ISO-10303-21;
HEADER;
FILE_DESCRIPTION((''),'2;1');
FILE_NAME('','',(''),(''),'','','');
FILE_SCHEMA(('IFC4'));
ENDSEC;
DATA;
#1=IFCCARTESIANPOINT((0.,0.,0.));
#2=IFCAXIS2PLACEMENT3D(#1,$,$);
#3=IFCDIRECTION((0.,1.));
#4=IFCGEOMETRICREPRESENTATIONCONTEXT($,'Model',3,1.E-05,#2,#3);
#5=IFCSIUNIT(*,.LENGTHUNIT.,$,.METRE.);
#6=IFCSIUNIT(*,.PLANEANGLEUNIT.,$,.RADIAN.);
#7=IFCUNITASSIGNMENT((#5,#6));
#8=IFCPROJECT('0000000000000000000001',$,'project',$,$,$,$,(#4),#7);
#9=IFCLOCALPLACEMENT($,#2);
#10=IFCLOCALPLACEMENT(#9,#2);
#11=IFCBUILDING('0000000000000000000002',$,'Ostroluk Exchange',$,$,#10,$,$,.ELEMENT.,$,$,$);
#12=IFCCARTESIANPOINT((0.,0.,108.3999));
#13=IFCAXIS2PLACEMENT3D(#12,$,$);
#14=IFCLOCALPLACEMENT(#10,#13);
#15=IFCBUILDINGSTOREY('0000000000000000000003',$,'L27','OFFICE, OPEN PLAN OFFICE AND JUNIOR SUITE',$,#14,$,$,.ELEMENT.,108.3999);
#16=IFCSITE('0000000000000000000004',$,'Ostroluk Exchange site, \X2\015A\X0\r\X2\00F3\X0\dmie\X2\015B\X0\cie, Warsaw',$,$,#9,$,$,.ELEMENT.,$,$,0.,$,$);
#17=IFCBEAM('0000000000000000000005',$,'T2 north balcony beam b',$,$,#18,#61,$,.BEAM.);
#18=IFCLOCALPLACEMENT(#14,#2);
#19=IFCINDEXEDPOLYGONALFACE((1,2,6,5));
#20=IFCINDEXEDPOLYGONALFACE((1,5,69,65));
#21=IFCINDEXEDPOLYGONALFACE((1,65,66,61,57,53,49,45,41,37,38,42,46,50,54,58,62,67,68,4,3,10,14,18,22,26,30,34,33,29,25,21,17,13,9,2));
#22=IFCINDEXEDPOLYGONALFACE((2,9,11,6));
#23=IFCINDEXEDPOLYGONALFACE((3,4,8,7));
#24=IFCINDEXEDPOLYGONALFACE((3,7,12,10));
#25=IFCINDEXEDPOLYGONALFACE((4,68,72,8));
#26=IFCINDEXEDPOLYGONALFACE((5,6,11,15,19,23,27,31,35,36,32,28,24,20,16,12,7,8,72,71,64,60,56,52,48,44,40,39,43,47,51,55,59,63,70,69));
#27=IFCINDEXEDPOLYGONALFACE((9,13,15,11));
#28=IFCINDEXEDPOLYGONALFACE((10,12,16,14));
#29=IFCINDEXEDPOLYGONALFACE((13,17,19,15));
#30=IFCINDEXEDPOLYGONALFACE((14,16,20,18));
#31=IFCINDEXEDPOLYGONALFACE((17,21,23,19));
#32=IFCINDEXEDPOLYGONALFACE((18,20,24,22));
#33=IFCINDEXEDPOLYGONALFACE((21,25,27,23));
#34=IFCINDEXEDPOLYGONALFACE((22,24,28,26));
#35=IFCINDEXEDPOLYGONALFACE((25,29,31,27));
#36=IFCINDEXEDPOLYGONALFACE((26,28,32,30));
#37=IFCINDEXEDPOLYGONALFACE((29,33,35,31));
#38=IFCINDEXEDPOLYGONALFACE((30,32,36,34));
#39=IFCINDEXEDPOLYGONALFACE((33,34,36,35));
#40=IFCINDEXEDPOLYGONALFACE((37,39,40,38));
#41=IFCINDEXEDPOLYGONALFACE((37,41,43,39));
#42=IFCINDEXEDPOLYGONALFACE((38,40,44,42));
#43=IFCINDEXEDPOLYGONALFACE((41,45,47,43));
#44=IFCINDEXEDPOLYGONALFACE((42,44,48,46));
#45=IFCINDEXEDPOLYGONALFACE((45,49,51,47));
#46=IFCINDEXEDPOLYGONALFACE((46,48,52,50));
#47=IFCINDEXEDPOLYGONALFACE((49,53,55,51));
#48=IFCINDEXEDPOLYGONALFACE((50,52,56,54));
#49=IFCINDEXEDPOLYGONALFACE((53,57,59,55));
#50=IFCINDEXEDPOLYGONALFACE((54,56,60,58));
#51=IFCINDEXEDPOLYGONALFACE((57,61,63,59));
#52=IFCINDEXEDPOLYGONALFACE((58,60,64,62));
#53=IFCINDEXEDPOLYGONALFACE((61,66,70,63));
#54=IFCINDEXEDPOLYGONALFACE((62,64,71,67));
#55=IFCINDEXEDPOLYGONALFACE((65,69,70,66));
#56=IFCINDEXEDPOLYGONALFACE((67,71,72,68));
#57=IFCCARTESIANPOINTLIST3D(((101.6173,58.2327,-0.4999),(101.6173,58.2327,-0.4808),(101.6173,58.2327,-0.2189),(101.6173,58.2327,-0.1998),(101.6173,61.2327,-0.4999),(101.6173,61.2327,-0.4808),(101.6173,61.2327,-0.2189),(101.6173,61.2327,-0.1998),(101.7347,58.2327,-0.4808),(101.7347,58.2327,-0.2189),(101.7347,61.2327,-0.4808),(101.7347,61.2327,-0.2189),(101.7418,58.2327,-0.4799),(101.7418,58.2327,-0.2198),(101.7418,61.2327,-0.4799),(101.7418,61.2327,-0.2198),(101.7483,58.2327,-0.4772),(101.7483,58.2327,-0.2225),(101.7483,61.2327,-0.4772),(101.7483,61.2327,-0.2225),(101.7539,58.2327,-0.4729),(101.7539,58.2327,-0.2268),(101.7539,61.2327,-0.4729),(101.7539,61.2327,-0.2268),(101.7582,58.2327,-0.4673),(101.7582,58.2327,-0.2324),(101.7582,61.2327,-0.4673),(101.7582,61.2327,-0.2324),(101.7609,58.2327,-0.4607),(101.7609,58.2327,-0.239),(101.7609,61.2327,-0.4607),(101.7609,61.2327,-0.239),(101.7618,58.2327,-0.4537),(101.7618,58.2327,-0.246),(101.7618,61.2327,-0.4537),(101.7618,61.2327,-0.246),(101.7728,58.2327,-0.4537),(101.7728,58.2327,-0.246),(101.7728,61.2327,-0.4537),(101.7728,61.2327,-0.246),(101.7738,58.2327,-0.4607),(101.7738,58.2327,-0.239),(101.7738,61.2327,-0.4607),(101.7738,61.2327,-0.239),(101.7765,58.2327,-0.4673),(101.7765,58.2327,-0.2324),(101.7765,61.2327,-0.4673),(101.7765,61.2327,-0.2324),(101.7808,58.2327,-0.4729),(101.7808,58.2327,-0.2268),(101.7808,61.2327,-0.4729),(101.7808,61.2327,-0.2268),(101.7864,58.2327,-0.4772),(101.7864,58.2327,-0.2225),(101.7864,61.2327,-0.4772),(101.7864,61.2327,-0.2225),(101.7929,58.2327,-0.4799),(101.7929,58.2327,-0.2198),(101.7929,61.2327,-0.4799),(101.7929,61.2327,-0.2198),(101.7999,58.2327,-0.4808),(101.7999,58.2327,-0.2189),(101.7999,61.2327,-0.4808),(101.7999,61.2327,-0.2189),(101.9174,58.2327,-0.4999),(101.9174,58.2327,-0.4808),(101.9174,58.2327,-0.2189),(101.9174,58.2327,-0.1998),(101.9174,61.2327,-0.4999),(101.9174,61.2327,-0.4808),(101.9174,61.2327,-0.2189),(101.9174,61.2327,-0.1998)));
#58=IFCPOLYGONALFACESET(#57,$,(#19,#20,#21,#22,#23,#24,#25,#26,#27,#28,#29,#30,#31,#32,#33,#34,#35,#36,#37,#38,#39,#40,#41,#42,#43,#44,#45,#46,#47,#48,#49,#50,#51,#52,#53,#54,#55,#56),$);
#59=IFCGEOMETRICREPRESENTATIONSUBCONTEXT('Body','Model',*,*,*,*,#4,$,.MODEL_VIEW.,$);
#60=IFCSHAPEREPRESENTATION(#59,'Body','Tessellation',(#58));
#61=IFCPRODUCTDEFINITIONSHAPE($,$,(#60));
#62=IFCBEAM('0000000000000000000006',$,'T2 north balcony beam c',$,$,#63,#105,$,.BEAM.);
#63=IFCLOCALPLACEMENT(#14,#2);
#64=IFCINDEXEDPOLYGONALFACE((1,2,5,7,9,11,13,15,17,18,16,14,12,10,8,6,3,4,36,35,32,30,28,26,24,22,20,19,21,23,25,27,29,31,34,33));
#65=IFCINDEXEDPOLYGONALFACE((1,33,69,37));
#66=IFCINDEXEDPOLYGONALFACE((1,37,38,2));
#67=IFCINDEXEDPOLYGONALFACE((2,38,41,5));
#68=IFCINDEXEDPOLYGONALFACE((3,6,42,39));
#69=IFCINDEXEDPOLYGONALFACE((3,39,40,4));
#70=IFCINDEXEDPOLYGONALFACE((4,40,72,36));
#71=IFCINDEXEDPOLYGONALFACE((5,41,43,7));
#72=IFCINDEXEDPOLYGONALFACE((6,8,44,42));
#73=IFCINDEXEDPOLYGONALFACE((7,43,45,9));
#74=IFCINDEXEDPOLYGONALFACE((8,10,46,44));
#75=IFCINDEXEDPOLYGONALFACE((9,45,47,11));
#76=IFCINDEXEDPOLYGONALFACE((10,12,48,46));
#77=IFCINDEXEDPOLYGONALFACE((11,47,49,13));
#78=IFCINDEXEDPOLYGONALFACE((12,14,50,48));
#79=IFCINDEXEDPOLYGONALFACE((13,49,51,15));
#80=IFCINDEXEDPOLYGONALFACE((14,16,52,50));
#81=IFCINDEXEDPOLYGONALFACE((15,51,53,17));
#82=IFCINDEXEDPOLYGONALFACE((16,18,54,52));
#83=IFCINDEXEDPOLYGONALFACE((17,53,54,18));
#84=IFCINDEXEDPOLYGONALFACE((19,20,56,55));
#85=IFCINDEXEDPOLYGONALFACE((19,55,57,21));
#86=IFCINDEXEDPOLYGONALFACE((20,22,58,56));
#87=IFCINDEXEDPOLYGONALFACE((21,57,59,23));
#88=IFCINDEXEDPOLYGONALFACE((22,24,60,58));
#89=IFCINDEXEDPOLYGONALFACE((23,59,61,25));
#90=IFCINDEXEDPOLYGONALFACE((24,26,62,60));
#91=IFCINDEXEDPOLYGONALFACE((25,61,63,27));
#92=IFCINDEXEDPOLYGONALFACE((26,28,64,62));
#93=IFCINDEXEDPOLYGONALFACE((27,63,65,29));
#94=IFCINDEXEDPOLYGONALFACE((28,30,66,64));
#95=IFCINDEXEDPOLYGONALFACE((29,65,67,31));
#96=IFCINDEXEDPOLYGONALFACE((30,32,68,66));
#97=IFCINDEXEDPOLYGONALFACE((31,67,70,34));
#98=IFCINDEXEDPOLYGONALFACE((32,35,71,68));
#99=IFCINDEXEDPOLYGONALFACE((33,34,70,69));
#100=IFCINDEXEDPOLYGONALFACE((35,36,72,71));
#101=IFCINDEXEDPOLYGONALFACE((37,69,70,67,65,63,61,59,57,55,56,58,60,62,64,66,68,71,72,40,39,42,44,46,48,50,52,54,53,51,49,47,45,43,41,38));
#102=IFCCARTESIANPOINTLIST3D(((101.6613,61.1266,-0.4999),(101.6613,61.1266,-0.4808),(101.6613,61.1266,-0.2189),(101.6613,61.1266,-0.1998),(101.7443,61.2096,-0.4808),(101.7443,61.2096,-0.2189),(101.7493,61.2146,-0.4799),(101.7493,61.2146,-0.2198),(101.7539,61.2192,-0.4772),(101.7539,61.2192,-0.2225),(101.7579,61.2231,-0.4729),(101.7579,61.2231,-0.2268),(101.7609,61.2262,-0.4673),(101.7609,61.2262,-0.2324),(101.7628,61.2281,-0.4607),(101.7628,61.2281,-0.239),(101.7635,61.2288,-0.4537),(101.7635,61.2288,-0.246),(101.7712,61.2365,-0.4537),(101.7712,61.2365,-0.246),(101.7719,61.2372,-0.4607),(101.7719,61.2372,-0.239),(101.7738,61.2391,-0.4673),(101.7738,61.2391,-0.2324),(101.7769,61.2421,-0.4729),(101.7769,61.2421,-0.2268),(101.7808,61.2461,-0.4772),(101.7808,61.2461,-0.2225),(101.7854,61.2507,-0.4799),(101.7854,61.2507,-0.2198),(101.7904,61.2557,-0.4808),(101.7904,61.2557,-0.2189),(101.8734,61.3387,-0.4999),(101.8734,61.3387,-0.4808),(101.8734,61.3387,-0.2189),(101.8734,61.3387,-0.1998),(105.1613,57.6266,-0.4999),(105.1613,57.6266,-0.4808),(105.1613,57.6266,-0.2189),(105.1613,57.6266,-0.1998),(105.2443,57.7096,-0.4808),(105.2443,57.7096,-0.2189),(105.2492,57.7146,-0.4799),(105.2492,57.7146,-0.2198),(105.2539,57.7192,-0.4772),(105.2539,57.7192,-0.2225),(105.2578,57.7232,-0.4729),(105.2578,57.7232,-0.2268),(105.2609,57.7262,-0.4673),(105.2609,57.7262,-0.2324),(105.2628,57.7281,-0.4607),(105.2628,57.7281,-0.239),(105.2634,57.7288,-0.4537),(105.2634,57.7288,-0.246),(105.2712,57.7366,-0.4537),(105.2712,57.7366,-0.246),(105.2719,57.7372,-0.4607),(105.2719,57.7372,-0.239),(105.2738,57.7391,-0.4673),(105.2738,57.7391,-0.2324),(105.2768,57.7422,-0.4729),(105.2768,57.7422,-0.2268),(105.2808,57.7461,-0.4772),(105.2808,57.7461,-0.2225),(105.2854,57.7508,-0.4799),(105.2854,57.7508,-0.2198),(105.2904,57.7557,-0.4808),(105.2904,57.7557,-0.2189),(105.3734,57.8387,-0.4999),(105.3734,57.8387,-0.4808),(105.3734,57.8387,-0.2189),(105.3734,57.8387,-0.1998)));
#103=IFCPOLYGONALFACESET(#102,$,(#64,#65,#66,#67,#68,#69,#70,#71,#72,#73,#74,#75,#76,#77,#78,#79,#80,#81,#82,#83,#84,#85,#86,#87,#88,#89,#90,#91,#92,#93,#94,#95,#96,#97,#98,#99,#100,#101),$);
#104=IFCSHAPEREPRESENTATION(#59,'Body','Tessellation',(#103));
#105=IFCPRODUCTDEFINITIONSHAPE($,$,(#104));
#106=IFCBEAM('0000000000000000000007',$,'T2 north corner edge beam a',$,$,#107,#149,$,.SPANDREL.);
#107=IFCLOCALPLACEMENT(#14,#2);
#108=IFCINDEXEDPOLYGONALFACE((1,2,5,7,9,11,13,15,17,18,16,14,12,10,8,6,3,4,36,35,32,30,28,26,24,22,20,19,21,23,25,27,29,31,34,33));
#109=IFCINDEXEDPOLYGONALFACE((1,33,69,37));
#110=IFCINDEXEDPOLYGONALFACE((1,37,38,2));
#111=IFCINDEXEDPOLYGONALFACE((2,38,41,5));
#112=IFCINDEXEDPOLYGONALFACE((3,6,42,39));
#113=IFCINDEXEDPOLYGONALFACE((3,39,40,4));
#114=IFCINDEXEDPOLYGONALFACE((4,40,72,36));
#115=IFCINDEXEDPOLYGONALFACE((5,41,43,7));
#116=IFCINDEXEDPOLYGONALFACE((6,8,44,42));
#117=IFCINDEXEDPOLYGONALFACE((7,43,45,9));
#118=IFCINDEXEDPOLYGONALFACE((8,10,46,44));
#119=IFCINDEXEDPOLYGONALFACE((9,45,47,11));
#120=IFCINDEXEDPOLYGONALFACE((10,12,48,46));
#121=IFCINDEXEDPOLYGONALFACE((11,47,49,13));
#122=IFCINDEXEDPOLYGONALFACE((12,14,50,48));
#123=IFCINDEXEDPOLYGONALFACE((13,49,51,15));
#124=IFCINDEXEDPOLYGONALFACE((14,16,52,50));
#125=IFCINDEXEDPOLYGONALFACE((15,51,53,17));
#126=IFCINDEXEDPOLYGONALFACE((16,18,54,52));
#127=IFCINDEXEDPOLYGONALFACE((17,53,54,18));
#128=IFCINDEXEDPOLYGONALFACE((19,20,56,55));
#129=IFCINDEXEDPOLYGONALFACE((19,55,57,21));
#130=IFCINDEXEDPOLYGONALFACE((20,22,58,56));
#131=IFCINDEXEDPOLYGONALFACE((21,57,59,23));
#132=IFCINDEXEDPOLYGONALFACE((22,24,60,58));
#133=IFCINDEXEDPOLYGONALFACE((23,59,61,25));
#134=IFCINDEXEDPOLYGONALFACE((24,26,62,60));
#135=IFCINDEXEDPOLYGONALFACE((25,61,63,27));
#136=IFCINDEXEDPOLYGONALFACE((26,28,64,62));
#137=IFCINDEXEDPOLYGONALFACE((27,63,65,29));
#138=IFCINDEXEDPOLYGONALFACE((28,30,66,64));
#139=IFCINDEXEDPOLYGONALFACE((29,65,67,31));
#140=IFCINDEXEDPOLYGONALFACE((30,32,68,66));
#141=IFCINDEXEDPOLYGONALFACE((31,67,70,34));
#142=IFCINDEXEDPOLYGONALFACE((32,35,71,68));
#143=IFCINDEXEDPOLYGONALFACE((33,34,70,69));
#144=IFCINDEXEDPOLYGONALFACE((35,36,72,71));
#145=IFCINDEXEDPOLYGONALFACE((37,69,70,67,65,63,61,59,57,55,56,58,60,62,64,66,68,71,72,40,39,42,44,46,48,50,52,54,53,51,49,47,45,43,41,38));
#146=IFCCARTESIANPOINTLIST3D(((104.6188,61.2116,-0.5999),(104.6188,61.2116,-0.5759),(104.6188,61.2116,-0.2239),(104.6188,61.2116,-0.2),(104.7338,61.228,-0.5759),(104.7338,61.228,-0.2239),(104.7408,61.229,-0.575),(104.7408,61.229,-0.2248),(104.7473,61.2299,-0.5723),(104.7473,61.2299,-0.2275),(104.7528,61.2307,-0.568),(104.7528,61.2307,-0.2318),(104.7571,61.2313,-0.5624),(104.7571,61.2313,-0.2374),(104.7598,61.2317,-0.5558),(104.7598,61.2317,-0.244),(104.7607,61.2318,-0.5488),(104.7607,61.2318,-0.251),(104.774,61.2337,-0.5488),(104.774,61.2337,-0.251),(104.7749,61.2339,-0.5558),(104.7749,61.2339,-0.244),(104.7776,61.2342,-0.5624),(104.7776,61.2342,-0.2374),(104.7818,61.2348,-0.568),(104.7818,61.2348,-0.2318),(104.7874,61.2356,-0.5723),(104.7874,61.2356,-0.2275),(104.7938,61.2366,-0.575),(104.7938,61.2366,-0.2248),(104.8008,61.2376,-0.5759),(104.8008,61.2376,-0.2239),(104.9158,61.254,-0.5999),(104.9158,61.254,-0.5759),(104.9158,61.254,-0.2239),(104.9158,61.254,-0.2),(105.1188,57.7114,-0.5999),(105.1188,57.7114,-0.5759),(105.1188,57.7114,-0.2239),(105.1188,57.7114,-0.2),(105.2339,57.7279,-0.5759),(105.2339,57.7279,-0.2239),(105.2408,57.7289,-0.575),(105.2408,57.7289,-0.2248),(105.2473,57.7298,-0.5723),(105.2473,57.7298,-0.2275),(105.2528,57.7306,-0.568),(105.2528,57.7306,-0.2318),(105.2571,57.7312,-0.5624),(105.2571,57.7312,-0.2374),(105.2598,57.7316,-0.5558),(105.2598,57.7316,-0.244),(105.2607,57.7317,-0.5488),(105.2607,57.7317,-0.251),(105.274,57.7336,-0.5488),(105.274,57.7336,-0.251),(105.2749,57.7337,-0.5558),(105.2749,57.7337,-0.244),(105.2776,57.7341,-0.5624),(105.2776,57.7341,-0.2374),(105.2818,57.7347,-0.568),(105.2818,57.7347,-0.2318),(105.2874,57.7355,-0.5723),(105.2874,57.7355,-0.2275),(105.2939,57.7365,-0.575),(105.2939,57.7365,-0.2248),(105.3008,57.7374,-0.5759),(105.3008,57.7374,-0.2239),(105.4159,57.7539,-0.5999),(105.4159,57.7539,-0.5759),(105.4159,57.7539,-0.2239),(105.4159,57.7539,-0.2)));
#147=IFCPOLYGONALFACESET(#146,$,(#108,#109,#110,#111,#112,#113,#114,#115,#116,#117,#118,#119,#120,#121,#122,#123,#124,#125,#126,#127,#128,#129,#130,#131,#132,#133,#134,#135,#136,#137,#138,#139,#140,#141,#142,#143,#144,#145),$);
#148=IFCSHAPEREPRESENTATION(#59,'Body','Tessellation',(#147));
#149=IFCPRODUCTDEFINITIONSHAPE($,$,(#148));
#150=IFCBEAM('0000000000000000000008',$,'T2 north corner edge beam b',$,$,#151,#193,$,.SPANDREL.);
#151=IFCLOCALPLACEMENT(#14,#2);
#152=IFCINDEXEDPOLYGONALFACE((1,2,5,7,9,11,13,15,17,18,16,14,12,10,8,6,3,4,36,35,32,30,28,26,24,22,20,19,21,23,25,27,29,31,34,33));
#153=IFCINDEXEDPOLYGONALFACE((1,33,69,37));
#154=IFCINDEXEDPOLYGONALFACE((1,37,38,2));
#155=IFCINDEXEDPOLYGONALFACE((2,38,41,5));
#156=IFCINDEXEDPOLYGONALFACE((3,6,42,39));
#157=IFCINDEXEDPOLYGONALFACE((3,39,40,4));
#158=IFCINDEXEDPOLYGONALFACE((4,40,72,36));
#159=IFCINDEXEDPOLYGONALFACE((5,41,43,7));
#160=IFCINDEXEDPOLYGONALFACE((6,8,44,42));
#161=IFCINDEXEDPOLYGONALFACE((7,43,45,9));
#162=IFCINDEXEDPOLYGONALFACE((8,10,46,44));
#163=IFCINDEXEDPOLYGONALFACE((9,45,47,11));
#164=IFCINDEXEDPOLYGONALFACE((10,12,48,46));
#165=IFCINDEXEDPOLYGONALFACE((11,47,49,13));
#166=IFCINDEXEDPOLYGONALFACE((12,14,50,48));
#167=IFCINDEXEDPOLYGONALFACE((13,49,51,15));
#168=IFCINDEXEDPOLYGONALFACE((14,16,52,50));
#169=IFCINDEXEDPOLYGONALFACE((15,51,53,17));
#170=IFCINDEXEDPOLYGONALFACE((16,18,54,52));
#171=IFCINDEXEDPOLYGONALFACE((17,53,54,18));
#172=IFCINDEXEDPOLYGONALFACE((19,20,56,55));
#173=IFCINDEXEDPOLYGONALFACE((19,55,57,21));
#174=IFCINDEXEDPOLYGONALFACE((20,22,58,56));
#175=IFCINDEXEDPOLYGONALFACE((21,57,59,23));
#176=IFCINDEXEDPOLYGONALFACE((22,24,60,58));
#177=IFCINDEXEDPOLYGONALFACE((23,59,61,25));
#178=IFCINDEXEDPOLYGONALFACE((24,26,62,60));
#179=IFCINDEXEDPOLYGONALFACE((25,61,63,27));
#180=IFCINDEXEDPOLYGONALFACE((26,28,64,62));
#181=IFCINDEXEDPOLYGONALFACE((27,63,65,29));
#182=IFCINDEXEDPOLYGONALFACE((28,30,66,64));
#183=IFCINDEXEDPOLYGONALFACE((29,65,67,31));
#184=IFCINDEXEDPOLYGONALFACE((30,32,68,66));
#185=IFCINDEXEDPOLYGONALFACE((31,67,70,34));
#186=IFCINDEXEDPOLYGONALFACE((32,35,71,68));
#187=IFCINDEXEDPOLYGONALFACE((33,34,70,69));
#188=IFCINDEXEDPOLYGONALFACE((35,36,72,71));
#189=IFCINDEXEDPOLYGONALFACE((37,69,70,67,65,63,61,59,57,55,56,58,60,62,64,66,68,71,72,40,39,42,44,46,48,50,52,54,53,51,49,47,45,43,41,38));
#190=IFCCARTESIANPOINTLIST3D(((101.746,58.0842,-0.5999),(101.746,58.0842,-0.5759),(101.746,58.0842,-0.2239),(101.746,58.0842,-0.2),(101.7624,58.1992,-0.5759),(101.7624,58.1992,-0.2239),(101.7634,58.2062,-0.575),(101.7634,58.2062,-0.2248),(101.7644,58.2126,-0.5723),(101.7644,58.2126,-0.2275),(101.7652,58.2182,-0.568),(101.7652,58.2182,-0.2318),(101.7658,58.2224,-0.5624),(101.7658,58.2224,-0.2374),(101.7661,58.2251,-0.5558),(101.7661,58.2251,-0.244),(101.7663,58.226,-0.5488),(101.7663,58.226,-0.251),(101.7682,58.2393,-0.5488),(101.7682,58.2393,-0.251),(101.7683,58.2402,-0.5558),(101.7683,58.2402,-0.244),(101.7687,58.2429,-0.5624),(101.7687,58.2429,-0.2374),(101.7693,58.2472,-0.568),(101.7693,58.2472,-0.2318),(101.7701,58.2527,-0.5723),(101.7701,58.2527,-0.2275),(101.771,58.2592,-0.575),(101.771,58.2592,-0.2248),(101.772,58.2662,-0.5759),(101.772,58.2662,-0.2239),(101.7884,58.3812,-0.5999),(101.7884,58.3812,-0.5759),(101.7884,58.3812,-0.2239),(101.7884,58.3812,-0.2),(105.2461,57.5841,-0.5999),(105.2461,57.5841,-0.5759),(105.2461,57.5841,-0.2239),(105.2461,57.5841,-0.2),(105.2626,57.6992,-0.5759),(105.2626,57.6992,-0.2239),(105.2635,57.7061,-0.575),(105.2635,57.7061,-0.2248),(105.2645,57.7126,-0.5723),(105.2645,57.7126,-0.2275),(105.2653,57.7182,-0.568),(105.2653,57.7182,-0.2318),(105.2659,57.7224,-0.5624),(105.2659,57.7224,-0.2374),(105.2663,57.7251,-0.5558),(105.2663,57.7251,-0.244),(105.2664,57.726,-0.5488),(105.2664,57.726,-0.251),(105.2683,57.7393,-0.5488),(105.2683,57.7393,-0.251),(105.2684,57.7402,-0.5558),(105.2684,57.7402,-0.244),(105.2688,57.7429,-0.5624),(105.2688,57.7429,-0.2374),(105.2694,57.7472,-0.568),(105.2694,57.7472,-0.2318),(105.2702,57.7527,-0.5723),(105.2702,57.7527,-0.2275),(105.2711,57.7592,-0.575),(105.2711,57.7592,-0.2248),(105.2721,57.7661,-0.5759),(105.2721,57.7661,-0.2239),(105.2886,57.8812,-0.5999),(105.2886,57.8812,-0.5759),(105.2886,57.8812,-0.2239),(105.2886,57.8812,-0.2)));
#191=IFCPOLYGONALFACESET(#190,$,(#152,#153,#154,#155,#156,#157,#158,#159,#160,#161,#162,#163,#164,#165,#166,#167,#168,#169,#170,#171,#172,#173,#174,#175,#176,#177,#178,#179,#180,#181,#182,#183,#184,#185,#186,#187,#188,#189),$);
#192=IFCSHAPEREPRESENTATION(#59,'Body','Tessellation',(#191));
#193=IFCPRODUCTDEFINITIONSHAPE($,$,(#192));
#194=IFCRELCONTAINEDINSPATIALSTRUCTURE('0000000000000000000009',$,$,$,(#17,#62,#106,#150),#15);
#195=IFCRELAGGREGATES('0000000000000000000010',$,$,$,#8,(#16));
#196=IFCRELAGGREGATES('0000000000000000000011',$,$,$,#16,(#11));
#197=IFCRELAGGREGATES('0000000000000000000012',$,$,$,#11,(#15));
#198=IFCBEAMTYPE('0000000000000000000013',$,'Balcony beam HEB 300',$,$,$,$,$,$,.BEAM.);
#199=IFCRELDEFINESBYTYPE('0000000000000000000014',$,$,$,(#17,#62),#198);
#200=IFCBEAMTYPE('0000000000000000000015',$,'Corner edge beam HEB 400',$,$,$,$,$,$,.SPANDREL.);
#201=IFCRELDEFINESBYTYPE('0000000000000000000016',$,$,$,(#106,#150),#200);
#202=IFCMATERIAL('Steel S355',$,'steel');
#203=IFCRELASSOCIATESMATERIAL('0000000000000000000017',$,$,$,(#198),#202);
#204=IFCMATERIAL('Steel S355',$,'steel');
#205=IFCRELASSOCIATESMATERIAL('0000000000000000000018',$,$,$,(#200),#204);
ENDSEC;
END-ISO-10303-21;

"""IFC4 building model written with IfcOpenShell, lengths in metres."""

from ifc_helpers import new_model, si_unit, direction, frame, origin, origin_2d, place, context, subcontext, project, spatial, i_section, extrude, material, material_profile, profile_set, type_object, element, save


model = new_model("IFC4")

# Units and contexts
model_context = context("Model", 3, precision=1e-05, world=origin(), true_north=direction((0.0, 1.0)))
body_context = subcontext(model_context, "Body", "Model", "MODEL_VIEW")
ifc_project = project(units=[si_unit("LENGTHUNIT", "METRE"), si_unit("PLANEANGLEUNIT", "RADIAN")], contexts=[model_context])

# Site, building, storey
site_placement = place(None, origin())
site = spatial("IfcSite", under=ifc_project, at=site_placement, Name="Ostroluk Exchange site, Śródmieście, Warsaw", CompositionType="ELEMENT", RefElevation=0.0)
building_placement = place(site_placement, origin())
building = spatial("IfcBuilding", under=site, at=building_placement, Name="Ostroluk Exchange", CompositionType="ELEMENT")
storey_placement = place(building_placement, frame((0.0, 0.0, 108.3999)))
storey = spatial("IfcBuildingStorey", under=building, at=storey_placement, Name="L27", Description="OFFICE, OPEN PLAN OFFICE AND JUNIOR SUITE", CompositionType="ELEMENT", Elevation=108.3999)

# Beams
ifc_material_1 = material(Name="Steel S355", Category="steel")
ifc_material_profile_1 = material_profile(ifc_material_1, i_section(OverallWidth=0.3, OverallDepth=0.3, WebThickness=0.011, FlangeThickness=0.019, FilletRadius=0.0271, at=origin_2d()), Name="HEB 300")
ifc_profile_set_1 = profile_set([ifc_material_profile_1], Name="Steel S355")
beam_type_1 = type_object("IfcBeamType", Name="Balcony beam HEB 300", PredefinedType="BEAM", material=ifc_profile_set_1)
for number, where, z_axis, x_axis, name in (
    (1, (101.7673, 58.2327, -0.3499), (0.0, 1.0, 0.0), (-1.0, 0.0, 0.0), "T2 north balcony beam b"),
):
    element("IfcBeam", number, at=place(storey_placement, frame(where, z_axis=z_axis, x_axis=x_axis)), inside=storey, type_object=beam_type_1, Name=name, PredefinedType="BEAM", context=body_context, shape_type="SweptSolid", body=[
        extrude(i_section(OverallWidth=0.3, OverallDepth=0.3, WebThickness=0.011, FlangeThickness=0.019, FilletRadius=0.0271, at=origin_2d()), origin(), (0.0, 0.0, 1.0), 3.0),
    ])
beam_1_placement = place(storey_placement, frame((105.2673, 57.7327, -0.3499), z_axis=(-0.707107, 0.707107, 0.0), x_axis=(-0.707107, -0.707107, 0.0)))
element("IfcBeam", 2, at=beam_1_placement, inside=storey, type_object=beam_type_1, Name="T2 north balcony beam c", PredefinedType="BEAM", context=body_context, shape_type="SweptSolid", body=[
    extrude(i_section(OverallWidth=0.3, OverallDepth=0.3, WebThickness=0.011, FlangeThickness=0.019, FilletRadius=0.0271, at=origin_2d()), origin(), (0.0, 0.0, 1.0), 4.9497),
])
ifc_material_2 = material(Name="Steel S355", Category="steel")
ifc_material_profile_2 = material_profile(ifc_material_2, i_section(OverallWidth=0.3, OverallDepth=0.3999, WebThickness=0.0134, FlangeThickness=0.0239, FilletRadius=0.0271, at=origin_2d()), Name="HEB 400")
ifc_profile_set_2 = profile_set([ifc_material_profile_2], Name="Steel S355")
beam_type_2 = type_object("IfcBeamType", Name="Corner edge beam HEB 400", PredefinedType="SPANDREL", material=ifc_profile_set_2)
for number, where, z_axis, x_axis, name in (
    (3, (105.2673, 57.7327, -0.3999), (-0.141421, 0.989949, 0.0), (-0.989949, -0.141421, 0.0), "T2 north corner edge beam a"),
    (4, (105.2673, 57.7327, -0.3999), (-0.989949, 0.141421, 0.0), (-0.141421, -0.989949, 0.0), "T2 north corner edge beam b"),
):
    element("IfcBeam", number, at=place(storey_placement, frame(where, z_axis=z_axis, x_axis=x_axis)), inside=storey, type_object=beam_type_2, Name=name, PredefinedType="SPANDREL", context=body_context, shape_type="SweptSolid", body=[
        extrude(i_section(OverallWidth=0.3, OverallDepth=0.3999, WebThickness=0.0134, FlangeThickness=0.0239, FilletRadius=0.0271, at=origin_2d()), origin(), (0.0, 0.0, 1.0), 3.5356),
    ])

save(model, "model.ifc")
